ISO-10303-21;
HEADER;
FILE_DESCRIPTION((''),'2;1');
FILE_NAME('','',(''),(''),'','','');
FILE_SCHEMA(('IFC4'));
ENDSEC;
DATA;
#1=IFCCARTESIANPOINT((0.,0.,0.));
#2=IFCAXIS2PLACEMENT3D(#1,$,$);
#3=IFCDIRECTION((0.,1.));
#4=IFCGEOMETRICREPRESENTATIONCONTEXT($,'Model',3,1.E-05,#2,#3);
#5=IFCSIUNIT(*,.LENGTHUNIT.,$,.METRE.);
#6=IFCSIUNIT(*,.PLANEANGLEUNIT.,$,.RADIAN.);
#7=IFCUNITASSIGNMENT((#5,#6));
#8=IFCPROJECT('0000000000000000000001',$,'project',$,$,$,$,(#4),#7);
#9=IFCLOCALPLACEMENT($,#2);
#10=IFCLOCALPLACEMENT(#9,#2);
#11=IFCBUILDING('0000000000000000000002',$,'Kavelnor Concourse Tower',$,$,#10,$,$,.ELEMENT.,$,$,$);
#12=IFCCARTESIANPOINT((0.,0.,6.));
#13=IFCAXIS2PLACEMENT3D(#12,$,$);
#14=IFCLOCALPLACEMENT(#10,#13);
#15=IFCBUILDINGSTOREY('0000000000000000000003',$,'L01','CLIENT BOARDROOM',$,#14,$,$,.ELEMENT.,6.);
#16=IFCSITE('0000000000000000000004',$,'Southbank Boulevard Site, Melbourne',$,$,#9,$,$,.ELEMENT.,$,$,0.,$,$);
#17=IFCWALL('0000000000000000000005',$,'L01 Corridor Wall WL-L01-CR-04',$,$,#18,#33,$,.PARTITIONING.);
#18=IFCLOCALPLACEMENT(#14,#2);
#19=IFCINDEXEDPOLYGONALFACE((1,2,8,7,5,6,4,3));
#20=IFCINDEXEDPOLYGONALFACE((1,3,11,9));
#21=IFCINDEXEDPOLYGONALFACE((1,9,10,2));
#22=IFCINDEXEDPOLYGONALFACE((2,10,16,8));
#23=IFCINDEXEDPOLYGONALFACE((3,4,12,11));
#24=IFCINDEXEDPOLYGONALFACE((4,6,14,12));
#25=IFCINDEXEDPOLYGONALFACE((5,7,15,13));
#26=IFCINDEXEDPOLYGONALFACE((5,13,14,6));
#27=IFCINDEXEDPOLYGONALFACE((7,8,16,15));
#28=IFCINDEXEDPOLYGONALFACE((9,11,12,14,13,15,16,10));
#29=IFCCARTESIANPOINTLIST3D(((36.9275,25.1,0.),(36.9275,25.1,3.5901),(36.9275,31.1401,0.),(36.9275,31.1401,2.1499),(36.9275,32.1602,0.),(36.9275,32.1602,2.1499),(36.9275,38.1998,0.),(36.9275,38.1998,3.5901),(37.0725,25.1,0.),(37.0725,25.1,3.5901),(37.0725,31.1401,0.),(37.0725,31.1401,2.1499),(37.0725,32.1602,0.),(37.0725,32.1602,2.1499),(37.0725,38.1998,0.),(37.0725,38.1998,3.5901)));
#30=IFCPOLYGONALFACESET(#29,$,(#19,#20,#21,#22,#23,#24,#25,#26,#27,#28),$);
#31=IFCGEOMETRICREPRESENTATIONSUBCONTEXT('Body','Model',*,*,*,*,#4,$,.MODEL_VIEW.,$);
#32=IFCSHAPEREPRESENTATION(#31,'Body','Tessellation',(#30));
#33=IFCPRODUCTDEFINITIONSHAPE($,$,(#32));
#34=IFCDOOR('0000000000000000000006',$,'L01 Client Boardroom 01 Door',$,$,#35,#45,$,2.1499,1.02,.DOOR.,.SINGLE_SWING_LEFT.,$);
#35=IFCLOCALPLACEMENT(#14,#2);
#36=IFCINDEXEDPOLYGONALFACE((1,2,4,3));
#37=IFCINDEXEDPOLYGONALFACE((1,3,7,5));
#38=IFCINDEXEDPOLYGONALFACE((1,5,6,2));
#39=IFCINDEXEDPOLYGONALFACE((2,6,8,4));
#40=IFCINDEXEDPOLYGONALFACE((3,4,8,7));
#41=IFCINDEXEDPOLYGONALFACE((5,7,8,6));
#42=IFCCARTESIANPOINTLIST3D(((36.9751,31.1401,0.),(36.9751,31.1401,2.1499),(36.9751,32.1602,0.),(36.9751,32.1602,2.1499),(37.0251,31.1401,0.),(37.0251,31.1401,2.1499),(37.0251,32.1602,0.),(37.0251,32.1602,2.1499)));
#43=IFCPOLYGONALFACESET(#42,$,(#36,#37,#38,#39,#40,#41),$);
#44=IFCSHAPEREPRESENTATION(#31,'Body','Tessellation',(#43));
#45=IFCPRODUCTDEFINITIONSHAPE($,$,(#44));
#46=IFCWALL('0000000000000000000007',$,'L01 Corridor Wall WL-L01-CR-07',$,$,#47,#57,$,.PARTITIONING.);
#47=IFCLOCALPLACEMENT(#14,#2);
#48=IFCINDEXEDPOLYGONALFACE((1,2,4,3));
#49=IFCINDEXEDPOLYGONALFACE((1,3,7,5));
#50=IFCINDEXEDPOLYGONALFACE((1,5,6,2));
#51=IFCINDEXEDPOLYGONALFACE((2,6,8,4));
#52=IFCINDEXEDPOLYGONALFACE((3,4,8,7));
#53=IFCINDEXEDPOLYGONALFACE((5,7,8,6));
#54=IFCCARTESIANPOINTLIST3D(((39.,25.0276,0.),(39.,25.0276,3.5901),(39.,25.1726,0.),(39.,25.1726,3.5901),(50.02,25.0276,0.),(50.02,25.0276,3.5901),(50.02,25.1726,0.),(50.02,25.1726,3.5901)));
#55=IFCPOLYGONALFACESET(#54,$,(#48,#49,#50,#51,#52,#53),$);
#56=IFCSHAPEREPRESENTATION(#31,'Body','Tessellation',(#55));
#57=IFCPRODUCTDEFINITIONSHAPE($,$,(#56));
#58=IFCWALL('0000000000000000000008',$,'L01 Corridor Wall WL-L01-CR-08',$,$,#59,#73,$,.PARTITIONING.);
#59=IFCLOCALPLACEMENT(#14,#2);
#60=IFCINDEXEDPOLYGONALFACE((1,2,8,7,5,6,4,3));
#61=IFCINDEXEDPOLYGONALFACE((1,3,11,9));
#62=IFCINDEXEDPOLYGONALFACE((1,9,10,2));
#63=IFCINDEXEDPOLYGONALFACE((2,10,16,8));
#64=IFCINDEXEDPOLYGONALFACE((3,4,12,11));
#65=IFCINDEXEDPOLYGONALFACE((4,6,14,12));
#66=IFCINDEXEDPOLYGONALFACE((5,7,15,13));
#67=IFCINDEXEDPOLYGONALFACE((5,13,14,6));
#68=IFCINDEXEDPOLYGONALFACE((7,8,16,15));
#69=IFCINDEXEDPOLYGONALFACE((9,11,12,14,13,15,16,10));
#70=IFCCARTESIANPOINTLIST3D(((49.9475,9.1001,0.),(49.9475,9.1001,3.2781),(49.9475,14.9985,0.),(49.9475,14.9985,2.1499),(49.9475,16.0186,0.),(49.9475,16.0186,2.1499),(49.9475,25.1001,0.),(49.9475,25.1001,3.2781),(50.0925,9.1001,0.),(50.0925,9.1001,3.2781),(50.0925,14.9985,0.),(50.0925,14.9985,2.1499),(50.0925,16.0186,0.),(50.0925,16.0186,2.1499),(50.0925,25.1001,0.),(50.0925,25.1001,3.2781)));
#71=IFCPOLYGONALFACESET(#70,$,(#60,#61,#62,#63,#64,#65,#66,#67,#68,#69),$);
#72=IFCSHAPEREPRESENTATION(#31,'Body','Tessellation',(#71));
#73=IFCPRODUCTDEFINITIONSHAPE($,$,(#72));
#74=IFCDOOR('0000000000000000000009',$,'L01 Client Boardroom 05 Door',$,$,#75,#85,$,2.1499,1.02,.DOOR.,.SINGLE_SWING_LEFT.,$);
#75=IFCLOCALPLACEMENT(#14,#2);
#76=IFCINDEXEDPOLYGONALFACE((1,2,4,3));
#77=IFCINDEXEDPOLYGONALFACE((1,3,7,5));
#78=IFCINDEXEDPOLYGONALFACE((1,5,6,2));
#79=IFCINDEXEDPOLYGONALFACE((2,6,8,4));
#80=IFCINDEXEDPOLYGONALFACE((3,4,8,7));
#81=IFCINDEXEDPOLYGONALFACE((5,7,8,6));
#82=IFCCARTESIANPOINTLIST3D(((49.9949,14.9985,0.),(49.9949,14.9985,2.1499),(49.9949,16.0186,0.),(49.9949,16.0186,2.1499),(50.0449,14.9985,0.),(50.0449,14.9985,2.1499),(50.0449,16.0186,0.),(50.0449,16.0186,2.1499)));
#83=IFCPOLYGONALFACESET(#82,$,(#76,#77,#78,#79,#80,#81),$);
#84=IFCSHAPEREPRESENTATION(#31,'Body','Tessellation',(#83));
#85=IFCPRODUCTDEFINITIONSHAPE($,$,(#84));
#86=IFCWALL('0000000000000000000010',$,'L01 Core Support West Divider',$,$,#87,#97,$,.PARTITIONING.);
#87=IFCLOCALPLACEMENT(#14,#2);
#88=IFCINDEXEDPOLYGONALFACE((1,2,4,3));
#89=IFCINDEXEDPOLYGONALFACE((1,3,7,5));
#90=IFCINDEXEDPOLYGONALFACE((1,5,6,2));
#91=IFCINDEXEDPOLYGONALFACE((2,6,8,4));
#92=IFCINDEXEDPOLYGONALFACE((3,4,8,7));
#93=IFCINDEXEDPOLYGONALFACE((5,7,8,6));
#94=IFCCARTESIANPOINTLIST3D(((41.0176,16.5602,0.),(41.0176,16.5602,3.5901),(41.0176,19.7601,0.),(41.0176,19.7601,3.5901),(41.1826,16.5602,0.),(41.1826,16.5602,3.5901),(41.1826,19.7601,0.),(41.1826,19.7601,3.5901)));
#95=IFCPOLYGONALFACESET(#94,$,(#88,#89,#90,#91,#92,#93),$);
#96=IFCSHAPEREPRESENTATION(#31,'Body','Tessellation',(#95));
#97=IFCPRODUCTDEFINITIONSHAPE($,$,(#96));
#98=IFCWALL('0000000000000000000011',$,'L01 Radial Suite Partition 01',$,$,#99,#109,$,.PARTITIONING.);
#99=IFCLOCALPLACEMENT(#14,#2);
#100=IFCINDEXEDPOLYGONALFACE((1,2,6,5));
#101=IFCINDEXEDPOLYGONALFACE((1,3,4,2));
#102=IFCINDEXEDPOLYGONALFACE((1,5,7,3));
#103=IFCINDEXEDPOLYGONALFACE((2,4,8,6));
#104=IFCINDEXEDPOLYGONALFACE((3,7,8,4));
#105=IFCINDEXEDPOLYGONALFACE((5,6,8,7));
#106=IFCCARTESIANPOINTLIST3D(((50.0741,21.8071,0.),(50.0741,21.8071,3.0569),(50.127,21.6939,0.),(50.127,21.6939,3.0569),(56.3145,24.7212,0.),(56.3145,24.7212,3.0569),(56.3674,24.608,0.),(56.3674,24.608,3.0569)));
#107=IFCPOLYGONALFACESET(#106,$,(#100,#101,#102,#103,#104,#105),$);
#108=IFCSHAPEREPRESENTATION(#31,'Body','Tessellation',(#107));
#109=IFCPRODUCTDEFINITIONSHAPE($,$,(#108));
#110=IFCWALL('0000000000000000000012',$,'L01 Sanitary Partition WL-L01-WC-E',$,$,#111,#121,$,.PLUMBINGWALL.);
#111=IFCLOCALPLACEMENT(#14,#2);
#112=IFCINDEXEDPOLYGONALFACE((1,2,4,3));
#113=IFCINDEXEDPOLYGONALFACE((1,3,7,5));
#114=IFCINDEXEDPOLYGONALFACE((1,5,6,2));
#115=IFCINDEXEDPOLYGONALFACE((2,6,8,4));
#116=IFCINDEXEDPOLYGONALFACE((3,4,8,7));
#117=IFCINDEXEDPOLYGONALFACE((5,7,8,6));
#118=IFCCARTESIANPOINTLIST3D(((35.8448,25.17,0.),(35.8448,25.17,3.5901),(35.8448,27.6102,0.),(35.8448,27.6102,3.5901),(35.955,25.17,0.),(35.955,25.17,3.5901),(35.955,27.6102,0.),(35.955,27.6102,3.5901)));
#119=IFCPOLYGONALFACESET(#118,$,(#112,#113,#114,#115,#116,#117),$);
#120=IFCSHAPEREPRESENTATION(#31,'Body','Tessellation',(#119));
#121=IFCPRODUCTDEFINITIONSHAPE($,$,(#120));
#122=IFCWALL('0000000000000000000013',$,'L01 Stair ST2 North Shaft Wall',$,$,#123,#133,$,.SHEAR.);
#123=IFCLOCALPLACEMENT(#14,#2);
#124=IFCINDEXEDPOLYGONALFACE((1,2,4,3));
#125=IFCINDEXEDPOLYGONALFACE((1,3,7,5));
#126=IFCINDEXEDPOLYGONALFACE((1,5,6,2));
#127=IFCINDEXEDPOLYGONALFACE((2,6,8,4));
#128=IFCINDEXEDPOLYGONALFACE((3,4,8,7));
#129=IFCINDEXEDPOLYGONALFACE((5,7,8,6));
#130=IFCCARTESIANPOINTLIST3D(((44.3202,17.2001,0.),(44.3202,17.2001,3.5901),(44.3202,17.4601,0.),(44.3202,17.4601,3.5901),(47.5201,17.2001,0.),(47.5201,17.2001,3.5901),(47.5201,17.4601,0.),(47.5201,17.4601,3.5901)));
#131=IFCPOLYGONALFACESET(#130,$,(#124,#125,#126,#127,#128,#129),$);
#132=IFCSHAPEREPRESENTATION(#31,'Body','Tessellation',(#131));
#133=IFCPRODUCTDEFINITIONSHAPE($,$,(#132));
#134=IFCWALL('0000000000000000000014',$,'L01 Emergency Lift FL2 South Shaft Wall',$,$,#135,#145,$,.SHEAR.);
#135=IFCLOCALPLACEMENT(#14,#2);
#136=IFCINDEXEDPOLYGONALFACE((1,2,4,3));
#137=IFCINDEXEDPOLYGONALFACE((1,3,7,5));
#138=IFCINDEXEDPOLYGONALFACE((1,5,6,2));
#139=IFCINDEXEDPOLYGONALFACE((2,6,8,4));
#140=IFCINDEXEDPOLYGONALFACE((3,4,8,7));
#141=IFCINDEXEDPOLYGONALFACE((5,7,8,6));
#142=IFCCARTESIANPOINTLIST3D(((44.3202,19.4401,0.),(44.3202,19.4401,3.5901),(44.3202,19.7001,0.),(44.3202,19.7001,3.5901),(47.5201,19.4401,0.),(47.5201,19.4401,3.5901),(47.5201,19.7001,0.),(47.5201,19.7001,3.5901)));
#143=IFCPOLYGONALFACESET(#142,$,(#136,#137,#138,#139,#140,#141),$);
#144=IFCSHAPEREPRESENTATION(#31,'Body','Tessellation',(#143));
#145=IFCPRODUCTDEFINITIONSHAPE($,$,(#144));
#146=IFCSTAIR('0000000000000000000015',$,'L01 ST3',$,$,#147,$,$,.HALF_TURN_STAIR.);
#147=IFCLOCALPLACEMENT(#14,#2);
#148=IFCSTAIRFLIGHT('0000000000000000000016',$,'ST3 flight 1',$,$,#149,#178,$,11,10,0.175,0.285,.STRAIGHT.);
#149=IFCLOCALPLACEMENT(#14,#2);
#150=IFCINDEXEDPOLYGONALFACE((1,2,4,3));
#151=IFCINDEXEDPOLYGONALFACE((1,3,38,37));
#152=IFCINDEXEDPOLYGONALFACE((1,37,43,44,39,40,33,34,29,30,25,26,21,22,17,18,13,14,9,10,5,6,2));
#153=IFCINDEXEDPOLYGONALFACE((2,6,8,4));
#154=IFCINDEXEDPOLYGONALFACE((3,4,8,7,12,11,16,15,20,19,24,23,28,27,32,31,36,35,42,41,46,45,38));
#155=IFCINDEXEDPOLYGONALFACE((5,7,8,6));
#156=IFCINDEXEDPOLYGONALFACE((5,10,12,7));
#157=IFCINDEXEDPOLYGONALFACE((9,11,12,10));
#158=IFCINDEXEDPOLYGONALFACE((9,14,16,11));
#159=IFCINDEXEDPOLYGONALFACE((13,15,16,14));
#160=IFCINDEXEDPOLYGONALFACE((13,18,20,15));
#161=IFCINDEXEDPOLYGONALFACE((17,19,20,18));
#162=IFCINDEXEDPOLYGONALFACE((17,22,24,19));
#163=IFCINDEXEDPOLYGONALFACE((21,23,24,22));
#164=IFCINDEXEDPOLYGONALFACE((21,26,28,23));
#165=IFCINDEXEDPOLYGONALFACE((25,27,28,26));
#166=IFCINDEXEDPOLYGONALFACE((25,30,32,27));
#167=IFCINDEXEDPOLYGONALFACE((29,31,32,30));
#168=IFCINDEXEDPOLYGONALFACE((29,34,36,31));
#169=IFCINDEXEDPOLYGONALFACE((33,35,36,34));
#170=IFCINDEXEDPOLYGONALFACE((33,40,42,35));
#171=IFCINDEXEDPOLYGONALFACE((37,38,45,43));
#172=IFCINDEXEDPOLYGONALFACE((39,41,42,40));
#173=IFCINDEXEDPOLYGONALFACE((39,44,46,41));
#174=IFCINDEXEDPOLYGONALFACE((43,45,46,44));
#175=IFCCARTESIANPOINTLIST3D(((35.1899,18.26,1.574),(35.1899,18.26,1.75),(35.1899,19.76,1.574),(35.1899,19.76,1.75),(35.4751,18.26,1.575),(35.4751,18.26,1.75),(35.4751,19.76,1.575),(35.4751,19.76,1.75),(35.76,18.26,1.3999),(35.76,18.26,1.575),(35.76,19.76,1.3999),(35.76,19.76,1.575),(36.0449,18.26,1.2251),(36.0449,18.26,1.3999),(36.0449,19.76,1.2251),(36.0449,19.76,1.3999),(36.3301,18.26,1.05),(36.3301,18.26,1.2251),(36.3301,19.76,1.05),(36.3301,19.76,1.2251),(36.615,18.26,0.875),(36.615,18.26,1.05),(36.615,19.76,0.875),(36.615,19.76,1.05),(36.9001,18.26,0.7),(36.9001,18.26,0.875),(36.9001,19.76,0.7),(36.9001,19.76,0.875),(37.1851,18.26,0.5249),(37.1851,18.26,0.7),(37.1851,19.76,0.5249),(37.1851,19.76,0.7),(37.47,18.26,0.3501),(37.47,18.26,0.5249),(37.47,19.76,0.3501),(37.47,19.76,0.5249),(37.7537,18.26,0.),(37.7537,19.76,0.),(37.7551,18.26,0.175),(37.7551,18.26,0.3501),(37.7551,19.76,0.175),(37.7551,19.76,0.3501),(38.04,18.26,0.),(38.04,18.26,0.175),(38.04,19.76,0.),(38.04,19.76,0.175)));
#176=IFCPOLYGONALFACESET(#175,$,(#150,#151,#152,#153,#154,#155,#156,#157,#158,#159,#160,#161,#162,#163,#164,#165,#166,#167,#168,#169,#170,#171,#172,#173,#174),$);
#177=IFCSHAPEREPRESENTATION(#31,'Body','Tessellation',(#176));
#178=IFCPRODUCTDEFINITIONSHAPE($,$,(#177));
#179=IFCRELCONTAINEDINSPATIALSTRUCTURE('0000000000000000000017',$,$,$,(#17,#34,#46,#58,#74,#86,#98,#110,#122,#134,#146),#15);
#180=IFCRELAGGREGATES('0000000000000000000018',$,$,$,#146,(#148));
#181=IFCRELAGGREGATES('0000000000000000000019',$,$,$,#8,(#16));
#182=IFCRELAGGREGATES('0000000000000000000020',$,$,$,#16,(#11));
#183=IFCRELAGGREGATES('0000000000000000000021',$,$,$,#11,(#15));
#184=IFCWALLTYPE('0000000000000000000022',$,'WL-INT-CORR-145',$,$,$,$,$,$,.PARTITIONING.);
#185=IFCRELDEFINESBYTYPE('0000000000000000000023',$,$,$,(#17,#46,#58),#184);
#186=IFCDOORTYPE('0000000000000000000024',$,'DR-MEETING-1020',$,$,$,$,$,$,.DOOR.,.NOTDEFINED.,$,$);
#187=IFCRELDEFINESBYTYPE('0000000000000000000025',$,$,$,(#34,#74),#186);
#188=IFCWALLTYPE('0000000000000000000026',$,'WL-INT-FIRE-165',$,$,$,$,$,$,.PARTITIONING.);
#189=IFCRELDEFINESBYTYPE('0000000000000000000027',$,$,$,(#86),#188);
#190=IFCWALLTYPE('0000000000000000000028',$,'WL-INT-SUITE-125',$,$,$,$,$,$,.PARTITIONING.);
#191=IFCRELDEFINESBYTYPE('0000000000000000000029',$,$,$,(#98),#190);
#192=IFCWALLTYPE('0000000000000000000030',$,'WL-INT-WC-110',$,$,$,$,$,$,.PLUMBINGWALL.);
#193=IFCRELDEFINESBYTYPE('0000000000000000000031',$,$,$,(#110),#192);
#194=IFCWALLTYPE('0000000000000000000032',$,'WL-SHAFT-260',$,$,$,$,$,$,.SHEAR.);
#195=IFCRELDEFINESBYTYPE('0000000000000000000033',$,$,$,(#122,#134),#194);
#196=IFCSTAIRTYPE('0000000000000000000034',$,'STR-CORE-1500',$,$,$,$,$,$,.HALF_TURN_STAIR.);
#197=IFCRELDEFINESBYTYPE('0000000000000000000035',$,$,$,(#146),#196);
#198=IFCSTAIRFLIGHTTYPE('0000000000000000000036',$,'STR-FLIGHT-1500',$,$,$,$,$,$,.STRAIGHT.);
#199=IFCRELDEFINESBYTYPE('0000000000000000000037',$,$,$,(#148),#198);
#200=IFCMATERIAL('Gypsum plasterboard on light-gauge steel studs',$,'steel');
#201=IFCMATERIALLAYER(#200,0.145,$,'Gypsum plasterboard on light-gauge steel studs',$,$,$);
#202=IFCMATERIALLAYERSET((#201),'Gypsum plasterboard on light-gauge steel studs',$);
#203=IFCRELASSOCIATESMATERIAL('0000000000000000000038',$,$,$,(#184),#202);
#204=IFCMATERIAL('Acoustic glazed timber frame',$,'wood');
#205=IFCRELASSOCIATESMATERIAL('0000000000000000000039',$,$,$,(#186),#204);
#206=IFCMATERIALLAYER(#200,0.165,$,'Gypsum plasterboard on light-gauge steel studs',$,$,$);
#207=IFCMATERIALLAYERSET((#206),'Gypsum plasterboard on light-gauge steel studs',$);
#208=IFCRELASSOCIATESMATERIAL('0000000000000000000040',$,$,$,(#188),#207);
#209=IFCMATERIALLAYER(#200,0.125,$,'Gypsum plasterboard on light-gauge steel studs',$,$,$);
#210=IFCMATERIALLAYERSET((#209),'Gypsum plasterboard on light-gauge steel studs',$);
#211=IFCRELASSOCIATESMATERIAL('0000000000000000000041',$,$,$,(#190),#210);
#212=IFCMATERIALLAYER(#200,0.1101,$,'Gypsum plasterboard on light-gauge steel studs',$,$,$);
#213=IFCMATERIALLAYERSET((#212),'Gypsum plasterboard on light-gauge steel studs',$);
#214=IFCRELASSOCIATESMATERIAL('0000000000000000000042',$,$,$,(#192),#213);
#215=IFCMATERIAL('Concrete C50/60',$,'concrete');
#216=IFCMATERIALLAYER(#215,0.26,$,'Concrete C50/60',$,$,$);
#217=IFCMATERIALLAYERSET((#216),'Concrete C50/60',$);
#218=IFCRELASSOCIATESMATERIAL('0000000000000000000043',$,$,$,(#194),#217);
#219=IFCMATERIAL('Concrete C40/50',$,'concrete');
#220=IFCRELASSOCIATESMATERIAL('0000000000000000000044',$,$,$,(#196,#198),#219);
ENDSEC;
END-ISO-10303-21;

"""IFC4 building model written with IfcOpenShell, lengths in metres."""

from ifc_helpers import new_model, si_unit, direction, frame, frame_2d, origin, place, context, subcontext, project, spatial, polyline, rectangle, outline, extrude, material, layer, layer_set, type_object, element, fill, aggregate, save


model = new_model("IFC4")

# Units and contexts
model_context = context("Model", 3, precision=1e-05, world=origin(), true_north=direction((0.0, 1.0)))
body_context = subcontext(model_context, "Body", "Model", "MODEL_VIEW")
ifc_project = project(units=[si_unit("LENGTHUNIT", "METRE"), si_unit("PLANEANGLEUNIT", "RADIAN")], contexts=[model_context])

# Site, building, storey
site_placement = place(None, origin())
site = spatial("IfcSite", under=ifc_project, at=site_placement, Name="Southbank Boulevard Site, Melbourne", CompositionType="ELEMENT", RefElevation=0.0)
building_placement = place(site_placement, origin())
building = spatial("IfcBuilding", under=site, at=building_placement, Name="Kavelnor Concourse Tower", CompositionType="ELEMENT")
storey_placement = place(building_placement, frame((0.0, 0.0, 6.0)))
storey = spatial("IfcBuildingStorey", under=building, at=storey_placement, Name="L01", Description="CLIENT BOARDROOM", CompositionType="ELEMENT", Elevation=6.0)

# Wall, opening, door
ifc_material_1 = material(Name="Gypsum plasterboard on light-gauge steel studs", Category="steel")
ifc_layer_1 = layer(ifc_material_1, 0.145, Name="Gypsum plasterboard on light-gauge steel studs")
ifc_layer_set_1 = layer_set([ifc_layer_1], Name="Gypsum plasterboard on light-gauge steel studs")
wall_type_1 = type_object("IfcWallType", Name="WL-INT-CORR-145", PredefinedType="PARTITIONING", material=ifc_layer_set_1)
wall_1_placement = place(storey_placement, frame((37.0, 25.1001, 0.0), z_axis=(0.0, 0.0, 1.0), x_axis=(0.0, 1.0, 0.0)))
wall_1 = element("IfcWall", 1, at=wall_1_placement, inside=storey, type_object=wall_type_1, Name="L01 Corridor Wall WL-L01-CR-04", PredefinedType="PARTITIONING", context=body_context, shape_type="SweptSolid", body=[
    extrude(rectangle(XDim=13.0999, YDim=0.145, at=frame_2d((6.5498, 0.0))), origin(), (0.0, 0.0, 1.0), 3.5901),
])
opening_1_placement = place(wall_1_placement, frame((6.04, 0.0, 0.0)))
opening_1 = element("IfcOpeningElement", 2, at=opening_1_placement, cuts=wall_1, PredefinedType="OPENING", context=body_context, shape_type="SweptSolid", body=[
    extrude(rectangle(XDim=1.02, YDim=2.1499, at=frame_2d((0.51, 1.075))), frame((0.0, 0.0825, 0.0), z_axis=(0.0, -1.0, 0.0), x_axis=(1.0, 0.0, 0.0)), (0.0, 0.0, 1.0), 0.165),
])
ifc_material_2 = material(Name="Acoustic glazed timber frame", Category="wood")
door_type = type_object("IfcDoorType", Name="DR-MEETING-1020", OperationType="NOTDEFINED", PredefinedType="DOOR", material=ifc_material_2)
door_1_placement = place(opening_1_placement, origin())
door_1 = element("IfcDoor", 3, at=door_1_placement, inside=storey, type_object=door_type, Name="L01 Client Boardroom 01 Door", OperationType="SINGLE_SWING_LEFT", OverallHeight=2.1499, OverallWidth=1.02, PredefinedType="DOOR", context=body_context, shape_type="SweptSolid", body=[
    extrude(rectangle(XDim=1.02, YDim=2.1499, at=frame_2d((0.51, 1.075))), frame((0.0, 0.0249, 0.0), z_axis=(0.0, -1.0, 0.0), x_axis=(1.0, 0.0, 0.0)), (0.0, 0.0, 1.0), 0.05),
])
fill(opening_1, door_1)

# Wall
wall_2_placement = place(storey_placement, frame((39.0, 25.1001, 0.0), z_axis=(0.0, 0.0, 1.0), x_axis=(1.0, 0.0, 0.0)))
element("IfcWall", 4, at=wall_2_placement, inside=storey, type_object=wall_type_1, Name="L01 Corridor Wall WL-L01-CR-07", PredefinedType="PARTITIONING", context=body_context, shape_type="SweptSolid", body=[
    extrude(rectangle(XDim=11.02, YDim=0.145, at=frame_2d((5.51, 0.0))), origin(), (0.0, 0.0, 1.0), 3.5901),
])

# Wall, opening, door
wall_3_placement = place(storey_placement, frame((50.02, 25.1001, 0.0), z_axis=(0.0, 0.0, 1.0), x_axis=(0.0, -1.0, 0.0)))
wall_3 = element("IfcWall", 5, at=wall_3_placement, inside=storey, type_object=wall_type_1, Name="L01 Corridor Wall WL-L01-CR-08", PredefinedType="PARTITIONING", context=body_context, shape_type="SweptSolid", body=[
    extrude(rectangle(XDim=16.0, YDim=0.145, at=frame_2d((8.0, 0.0))), origin(), (0.0, 0.0, 1.0), 3.2781),
])
opening_2_placement = place(wall_3_placement, frame((9.0815, 0.0, 0.0)))
opening_2 = element("IfcOpeningElement", 6, at=opening_2_placement, cuts=wall_3, PredefinedType="OPENING", context=body_context, shape_type="SweptSolid", body=[
    extrude(rectangle(XDim=1.02, YDim=2.1499, at=frame_2d((0.51, 1.075))), frame((0.0, 0.0825, 0.0), z_axis=(0.0, -1.0, 0.0), x_axis=(1.0, 0.0, 0.0)), (0.0, 0.0, 1.0), 0.165),
])
door_2_placement = place(opening_2_placement, origin())
door_2 = element("IfcDoor", 7, at=door_2_placement, inside=storey, type_object=door_type, Name="L01 Client Boardroom 05 Door", OperationType="SINGLE_SWING_LEFT", OverallHeight=2.1499, OverallWidth=1.02, PredefinedType="DOOR", context=body_context, shape_type="SweptSolid", body=[
    extrude(rectangle(XDim=1.02, YDim=2.1499, at=frame_2d((0.51, 1.075))), frame((0.0, 0.0249, 0.0), z_axis=(0.0, -1.0, 0.0), x_axis=(1.0, 0.0, 0.0)), (0.0, 0.0, 1.0), 0.05),
])
fill(opening_2, door_2)

# Walls
ifc_layer_2 = layer(ifc_material_1, 0.165, Name="Gypsum plasterboard on light-gauge steel studs")
ifc_layer_set_2 = layer_set([ifc_layer_2], Name="Gypsum plasterboard on light-gauge steel studs")
wall_type_2 = type_object("IfcWallType", Name="WL-INT-FIRE-165", PredefinedType="PARTITIONING", material=ifc_layer_set_2)
wall_4_placement = place(storey_placement, frame((41.1001, 16.5601, 0.0), z_axis=(0.0, 0.0, 1.0), x_axis=(0.0, 1.0, 0.0)))
element("IfcWall", 8, at=wall_4_placement, inside=storey, type_object=wall_type_2, Name="L01 Core Support West Divider", PredefinedType="PARTITIONING", context=body_context, shape_type="SweptSolid", body=[
    extrude(rectangle(XDim=3.2, YDim=0.165, at=frame_2d((1.6001, 0.0))), origin(), (0.0, 0.0, 1.0), 3.5901),
])
ifc_layer_3 = layer(ifc_material_1, 0.125, Name="Gypsum plasterboard on light-gauge steel studs")
ifc_layer_set_3 = layer_set([ifc_layer_3], Name="Gypsum plasterboard on light-gauge steel studs")
wall_type_3 = type_object("IfcWallType", Name="WL-INT-SUITE-125", PredefinedType="PARTITIONING", material=ifc_layer_set_3)
wall_5_placement = place(storey_placement, frame((50.1006, 21.7505, 0.0), z_axis=(0.0, 0.0, 1.0), x_axis=(0.906074, 0.423118, 0.0)))
element("IfcWall", 9, at=wall_5_placement, inside=storey, type_object=wall_type_3, Name="L01 Radial Suite Partition 01", PredefinedType="PARTITIONING", context=body_context, shape_type="SweptSolid", body=[
    extrude(rectangle(XDim=6.8872, YDim=0.125, at=frame_2d((3.4436, 0.0))), origin(), (0.0, 0.0, 1.0), 3.0569),
])
ifc_layer_4 = layer(ifc_material_1, 0.1101, Name="Gypsum plasterboard on light-gauge steel studs")
ifc_layer_set_4 = layer_set([ifc_layer_4], Name="Gypsum plasterboard on light-gauge steel studs")
wall_type_4 = type_object("IfcWallType", Name="WL-INT-WC-110", PredefinedType="PLUMBINGWALL", material=ifc_layer_set_4)
wall_6_placement = place(storey_placement, frame((35.8999, 25.1699, 0.0), z_axis=(0.0, 0.0, 1.0), x_axis=(0.0, 1.0, 0.0)))
element("IfcWall", 10, at=wall_6_placement, inside=storey, type_object=wall_type_4, Name="L01 Sanitary Partition WL-L01-WC-E", PredefinedType="PLUMBINGWALL", context=body_context, shape_type="SweptSolid", body=[
    extrude(rectangle(XDim=2.4402, YDim=0.1101, at=frame_2d((1.2202, 0.0))), origin(), (0.0, 0.0, 1.0), 3.5901),
])
ifc_material_3 = material(Name="Concrete C50/60", Category="concrete")
ifc_layer_5 = layer(ifc_material_3, 0.26, Name="Concrete C50/60")
ifc_layer_set_5 = layer_set([ifc_layer_5], Name="Concrete C50/60")
wall_type_5 = type_object("IfcWallType", Name="WL-SHAFT-260", PredefinedType="SHEAR", material=ifc_layer_set_5)
for number, where, z_axis, x_axis, name in (
    (11, (44.3201, 17.3301, 0.0), (0.0, 0.0, 1.0), (1.0, 0.0, 0.0), "L01 Stair ST2 North Shaft Wall"),
    (12, (44.3201, 19.5701, 0.0), (0.0, 0.0, 1.0), (1.0, 0.0, 0.0), "L01 Emergency Lift FL2 South Shaft Wall"),
):
    element("IfcWall", number, at=place(storey_placement, frame(where, z_axis=z_axis, x_axis=x_axis)), inside=storey, type_object=wall_type_5, Name=name, PredefinedType="SHEAR", context=body_context, shape_type="SweptSolid", body=[
        extrude(rectangle(XDim=3.2, YDim=0.26, at=frame_2d((1.6001, 0.0))), origin(), (0.0, 0.0, 1.0), 3.5901),
    ])

# Stair, stair flight
ifc_material_4 = material(Name="Concrete C40/50", Category="concrete")
stair_type = type_object("IfcStairType", Name="STR-CORE-1500", PredefinedType="HALF_TURN_STAIR", material=ifc_material_4)
stair_placement = place(storey_placement, origin())
stair = element("IfcStair", 13, at=stair_placement, inside=storey, type_object=stair_type, Name="L01 ST3", PredefinedType="HALF_TURN_STAIR")
stair_flight_type = type_object("IfcStairFlightType", Name="STR-FLIGHT-1500", PredefinedType="STRAIGHT", material=ifc_material_4)
stair_flight_placement = place(storey_placement, frame((38.04, 19.01, 0.0), z_axis=(0.0, 0.0, 1.0), x_axis=(-1.0, 0.0, 0.0)))
stair_flight = element("IfcStairFlight", 14, at=stair_flight_placement, type_object=stair_flight_type, Name="ST3 flight 1", NumberOfRisers=11, NumberOfTreads=10, PredefinedType="STRAIGHT", RiserHeight=0.175, TreadLength=0.285, context=body_context, shape_type="SweptSolid", body=[
    extrude(outline(polyline([(0.0, 0.0), (0.0, 0.175), (0.2849, 0.175), (0.2849, 0.3501), (0.5701, 0.3501), (0.5701, 0.5249), (0.855, 0.5249), (0.855, 0.7), (1.1399, 0.7), (1.1399, 0.875), (1.425, 0.875), (1.425, 1.05), (1.71, 1.05), (1.71, 1.2251), (1.9951, 1.2251), (1.9951, 1.3999), (2.28, 1.3999), (2.28, 1.575), (2.5649, 1.575), (2.5649, 1.75), (2.8501, 1.75), (2.8501, 1.925), (2.8501, 1.574), (0.2864, 0.0), (0.0, 0.0)])), frame((0.0, 0.75, 0.0), z_axis=(0.0, -1.0, 0.0), x_axis=(1.0, 0.0, 0.0)), (0.0, 0.0, 1.0), 1.5),
])
aggregate(stair, [stair_flight])

save(model, "model.ifc")
